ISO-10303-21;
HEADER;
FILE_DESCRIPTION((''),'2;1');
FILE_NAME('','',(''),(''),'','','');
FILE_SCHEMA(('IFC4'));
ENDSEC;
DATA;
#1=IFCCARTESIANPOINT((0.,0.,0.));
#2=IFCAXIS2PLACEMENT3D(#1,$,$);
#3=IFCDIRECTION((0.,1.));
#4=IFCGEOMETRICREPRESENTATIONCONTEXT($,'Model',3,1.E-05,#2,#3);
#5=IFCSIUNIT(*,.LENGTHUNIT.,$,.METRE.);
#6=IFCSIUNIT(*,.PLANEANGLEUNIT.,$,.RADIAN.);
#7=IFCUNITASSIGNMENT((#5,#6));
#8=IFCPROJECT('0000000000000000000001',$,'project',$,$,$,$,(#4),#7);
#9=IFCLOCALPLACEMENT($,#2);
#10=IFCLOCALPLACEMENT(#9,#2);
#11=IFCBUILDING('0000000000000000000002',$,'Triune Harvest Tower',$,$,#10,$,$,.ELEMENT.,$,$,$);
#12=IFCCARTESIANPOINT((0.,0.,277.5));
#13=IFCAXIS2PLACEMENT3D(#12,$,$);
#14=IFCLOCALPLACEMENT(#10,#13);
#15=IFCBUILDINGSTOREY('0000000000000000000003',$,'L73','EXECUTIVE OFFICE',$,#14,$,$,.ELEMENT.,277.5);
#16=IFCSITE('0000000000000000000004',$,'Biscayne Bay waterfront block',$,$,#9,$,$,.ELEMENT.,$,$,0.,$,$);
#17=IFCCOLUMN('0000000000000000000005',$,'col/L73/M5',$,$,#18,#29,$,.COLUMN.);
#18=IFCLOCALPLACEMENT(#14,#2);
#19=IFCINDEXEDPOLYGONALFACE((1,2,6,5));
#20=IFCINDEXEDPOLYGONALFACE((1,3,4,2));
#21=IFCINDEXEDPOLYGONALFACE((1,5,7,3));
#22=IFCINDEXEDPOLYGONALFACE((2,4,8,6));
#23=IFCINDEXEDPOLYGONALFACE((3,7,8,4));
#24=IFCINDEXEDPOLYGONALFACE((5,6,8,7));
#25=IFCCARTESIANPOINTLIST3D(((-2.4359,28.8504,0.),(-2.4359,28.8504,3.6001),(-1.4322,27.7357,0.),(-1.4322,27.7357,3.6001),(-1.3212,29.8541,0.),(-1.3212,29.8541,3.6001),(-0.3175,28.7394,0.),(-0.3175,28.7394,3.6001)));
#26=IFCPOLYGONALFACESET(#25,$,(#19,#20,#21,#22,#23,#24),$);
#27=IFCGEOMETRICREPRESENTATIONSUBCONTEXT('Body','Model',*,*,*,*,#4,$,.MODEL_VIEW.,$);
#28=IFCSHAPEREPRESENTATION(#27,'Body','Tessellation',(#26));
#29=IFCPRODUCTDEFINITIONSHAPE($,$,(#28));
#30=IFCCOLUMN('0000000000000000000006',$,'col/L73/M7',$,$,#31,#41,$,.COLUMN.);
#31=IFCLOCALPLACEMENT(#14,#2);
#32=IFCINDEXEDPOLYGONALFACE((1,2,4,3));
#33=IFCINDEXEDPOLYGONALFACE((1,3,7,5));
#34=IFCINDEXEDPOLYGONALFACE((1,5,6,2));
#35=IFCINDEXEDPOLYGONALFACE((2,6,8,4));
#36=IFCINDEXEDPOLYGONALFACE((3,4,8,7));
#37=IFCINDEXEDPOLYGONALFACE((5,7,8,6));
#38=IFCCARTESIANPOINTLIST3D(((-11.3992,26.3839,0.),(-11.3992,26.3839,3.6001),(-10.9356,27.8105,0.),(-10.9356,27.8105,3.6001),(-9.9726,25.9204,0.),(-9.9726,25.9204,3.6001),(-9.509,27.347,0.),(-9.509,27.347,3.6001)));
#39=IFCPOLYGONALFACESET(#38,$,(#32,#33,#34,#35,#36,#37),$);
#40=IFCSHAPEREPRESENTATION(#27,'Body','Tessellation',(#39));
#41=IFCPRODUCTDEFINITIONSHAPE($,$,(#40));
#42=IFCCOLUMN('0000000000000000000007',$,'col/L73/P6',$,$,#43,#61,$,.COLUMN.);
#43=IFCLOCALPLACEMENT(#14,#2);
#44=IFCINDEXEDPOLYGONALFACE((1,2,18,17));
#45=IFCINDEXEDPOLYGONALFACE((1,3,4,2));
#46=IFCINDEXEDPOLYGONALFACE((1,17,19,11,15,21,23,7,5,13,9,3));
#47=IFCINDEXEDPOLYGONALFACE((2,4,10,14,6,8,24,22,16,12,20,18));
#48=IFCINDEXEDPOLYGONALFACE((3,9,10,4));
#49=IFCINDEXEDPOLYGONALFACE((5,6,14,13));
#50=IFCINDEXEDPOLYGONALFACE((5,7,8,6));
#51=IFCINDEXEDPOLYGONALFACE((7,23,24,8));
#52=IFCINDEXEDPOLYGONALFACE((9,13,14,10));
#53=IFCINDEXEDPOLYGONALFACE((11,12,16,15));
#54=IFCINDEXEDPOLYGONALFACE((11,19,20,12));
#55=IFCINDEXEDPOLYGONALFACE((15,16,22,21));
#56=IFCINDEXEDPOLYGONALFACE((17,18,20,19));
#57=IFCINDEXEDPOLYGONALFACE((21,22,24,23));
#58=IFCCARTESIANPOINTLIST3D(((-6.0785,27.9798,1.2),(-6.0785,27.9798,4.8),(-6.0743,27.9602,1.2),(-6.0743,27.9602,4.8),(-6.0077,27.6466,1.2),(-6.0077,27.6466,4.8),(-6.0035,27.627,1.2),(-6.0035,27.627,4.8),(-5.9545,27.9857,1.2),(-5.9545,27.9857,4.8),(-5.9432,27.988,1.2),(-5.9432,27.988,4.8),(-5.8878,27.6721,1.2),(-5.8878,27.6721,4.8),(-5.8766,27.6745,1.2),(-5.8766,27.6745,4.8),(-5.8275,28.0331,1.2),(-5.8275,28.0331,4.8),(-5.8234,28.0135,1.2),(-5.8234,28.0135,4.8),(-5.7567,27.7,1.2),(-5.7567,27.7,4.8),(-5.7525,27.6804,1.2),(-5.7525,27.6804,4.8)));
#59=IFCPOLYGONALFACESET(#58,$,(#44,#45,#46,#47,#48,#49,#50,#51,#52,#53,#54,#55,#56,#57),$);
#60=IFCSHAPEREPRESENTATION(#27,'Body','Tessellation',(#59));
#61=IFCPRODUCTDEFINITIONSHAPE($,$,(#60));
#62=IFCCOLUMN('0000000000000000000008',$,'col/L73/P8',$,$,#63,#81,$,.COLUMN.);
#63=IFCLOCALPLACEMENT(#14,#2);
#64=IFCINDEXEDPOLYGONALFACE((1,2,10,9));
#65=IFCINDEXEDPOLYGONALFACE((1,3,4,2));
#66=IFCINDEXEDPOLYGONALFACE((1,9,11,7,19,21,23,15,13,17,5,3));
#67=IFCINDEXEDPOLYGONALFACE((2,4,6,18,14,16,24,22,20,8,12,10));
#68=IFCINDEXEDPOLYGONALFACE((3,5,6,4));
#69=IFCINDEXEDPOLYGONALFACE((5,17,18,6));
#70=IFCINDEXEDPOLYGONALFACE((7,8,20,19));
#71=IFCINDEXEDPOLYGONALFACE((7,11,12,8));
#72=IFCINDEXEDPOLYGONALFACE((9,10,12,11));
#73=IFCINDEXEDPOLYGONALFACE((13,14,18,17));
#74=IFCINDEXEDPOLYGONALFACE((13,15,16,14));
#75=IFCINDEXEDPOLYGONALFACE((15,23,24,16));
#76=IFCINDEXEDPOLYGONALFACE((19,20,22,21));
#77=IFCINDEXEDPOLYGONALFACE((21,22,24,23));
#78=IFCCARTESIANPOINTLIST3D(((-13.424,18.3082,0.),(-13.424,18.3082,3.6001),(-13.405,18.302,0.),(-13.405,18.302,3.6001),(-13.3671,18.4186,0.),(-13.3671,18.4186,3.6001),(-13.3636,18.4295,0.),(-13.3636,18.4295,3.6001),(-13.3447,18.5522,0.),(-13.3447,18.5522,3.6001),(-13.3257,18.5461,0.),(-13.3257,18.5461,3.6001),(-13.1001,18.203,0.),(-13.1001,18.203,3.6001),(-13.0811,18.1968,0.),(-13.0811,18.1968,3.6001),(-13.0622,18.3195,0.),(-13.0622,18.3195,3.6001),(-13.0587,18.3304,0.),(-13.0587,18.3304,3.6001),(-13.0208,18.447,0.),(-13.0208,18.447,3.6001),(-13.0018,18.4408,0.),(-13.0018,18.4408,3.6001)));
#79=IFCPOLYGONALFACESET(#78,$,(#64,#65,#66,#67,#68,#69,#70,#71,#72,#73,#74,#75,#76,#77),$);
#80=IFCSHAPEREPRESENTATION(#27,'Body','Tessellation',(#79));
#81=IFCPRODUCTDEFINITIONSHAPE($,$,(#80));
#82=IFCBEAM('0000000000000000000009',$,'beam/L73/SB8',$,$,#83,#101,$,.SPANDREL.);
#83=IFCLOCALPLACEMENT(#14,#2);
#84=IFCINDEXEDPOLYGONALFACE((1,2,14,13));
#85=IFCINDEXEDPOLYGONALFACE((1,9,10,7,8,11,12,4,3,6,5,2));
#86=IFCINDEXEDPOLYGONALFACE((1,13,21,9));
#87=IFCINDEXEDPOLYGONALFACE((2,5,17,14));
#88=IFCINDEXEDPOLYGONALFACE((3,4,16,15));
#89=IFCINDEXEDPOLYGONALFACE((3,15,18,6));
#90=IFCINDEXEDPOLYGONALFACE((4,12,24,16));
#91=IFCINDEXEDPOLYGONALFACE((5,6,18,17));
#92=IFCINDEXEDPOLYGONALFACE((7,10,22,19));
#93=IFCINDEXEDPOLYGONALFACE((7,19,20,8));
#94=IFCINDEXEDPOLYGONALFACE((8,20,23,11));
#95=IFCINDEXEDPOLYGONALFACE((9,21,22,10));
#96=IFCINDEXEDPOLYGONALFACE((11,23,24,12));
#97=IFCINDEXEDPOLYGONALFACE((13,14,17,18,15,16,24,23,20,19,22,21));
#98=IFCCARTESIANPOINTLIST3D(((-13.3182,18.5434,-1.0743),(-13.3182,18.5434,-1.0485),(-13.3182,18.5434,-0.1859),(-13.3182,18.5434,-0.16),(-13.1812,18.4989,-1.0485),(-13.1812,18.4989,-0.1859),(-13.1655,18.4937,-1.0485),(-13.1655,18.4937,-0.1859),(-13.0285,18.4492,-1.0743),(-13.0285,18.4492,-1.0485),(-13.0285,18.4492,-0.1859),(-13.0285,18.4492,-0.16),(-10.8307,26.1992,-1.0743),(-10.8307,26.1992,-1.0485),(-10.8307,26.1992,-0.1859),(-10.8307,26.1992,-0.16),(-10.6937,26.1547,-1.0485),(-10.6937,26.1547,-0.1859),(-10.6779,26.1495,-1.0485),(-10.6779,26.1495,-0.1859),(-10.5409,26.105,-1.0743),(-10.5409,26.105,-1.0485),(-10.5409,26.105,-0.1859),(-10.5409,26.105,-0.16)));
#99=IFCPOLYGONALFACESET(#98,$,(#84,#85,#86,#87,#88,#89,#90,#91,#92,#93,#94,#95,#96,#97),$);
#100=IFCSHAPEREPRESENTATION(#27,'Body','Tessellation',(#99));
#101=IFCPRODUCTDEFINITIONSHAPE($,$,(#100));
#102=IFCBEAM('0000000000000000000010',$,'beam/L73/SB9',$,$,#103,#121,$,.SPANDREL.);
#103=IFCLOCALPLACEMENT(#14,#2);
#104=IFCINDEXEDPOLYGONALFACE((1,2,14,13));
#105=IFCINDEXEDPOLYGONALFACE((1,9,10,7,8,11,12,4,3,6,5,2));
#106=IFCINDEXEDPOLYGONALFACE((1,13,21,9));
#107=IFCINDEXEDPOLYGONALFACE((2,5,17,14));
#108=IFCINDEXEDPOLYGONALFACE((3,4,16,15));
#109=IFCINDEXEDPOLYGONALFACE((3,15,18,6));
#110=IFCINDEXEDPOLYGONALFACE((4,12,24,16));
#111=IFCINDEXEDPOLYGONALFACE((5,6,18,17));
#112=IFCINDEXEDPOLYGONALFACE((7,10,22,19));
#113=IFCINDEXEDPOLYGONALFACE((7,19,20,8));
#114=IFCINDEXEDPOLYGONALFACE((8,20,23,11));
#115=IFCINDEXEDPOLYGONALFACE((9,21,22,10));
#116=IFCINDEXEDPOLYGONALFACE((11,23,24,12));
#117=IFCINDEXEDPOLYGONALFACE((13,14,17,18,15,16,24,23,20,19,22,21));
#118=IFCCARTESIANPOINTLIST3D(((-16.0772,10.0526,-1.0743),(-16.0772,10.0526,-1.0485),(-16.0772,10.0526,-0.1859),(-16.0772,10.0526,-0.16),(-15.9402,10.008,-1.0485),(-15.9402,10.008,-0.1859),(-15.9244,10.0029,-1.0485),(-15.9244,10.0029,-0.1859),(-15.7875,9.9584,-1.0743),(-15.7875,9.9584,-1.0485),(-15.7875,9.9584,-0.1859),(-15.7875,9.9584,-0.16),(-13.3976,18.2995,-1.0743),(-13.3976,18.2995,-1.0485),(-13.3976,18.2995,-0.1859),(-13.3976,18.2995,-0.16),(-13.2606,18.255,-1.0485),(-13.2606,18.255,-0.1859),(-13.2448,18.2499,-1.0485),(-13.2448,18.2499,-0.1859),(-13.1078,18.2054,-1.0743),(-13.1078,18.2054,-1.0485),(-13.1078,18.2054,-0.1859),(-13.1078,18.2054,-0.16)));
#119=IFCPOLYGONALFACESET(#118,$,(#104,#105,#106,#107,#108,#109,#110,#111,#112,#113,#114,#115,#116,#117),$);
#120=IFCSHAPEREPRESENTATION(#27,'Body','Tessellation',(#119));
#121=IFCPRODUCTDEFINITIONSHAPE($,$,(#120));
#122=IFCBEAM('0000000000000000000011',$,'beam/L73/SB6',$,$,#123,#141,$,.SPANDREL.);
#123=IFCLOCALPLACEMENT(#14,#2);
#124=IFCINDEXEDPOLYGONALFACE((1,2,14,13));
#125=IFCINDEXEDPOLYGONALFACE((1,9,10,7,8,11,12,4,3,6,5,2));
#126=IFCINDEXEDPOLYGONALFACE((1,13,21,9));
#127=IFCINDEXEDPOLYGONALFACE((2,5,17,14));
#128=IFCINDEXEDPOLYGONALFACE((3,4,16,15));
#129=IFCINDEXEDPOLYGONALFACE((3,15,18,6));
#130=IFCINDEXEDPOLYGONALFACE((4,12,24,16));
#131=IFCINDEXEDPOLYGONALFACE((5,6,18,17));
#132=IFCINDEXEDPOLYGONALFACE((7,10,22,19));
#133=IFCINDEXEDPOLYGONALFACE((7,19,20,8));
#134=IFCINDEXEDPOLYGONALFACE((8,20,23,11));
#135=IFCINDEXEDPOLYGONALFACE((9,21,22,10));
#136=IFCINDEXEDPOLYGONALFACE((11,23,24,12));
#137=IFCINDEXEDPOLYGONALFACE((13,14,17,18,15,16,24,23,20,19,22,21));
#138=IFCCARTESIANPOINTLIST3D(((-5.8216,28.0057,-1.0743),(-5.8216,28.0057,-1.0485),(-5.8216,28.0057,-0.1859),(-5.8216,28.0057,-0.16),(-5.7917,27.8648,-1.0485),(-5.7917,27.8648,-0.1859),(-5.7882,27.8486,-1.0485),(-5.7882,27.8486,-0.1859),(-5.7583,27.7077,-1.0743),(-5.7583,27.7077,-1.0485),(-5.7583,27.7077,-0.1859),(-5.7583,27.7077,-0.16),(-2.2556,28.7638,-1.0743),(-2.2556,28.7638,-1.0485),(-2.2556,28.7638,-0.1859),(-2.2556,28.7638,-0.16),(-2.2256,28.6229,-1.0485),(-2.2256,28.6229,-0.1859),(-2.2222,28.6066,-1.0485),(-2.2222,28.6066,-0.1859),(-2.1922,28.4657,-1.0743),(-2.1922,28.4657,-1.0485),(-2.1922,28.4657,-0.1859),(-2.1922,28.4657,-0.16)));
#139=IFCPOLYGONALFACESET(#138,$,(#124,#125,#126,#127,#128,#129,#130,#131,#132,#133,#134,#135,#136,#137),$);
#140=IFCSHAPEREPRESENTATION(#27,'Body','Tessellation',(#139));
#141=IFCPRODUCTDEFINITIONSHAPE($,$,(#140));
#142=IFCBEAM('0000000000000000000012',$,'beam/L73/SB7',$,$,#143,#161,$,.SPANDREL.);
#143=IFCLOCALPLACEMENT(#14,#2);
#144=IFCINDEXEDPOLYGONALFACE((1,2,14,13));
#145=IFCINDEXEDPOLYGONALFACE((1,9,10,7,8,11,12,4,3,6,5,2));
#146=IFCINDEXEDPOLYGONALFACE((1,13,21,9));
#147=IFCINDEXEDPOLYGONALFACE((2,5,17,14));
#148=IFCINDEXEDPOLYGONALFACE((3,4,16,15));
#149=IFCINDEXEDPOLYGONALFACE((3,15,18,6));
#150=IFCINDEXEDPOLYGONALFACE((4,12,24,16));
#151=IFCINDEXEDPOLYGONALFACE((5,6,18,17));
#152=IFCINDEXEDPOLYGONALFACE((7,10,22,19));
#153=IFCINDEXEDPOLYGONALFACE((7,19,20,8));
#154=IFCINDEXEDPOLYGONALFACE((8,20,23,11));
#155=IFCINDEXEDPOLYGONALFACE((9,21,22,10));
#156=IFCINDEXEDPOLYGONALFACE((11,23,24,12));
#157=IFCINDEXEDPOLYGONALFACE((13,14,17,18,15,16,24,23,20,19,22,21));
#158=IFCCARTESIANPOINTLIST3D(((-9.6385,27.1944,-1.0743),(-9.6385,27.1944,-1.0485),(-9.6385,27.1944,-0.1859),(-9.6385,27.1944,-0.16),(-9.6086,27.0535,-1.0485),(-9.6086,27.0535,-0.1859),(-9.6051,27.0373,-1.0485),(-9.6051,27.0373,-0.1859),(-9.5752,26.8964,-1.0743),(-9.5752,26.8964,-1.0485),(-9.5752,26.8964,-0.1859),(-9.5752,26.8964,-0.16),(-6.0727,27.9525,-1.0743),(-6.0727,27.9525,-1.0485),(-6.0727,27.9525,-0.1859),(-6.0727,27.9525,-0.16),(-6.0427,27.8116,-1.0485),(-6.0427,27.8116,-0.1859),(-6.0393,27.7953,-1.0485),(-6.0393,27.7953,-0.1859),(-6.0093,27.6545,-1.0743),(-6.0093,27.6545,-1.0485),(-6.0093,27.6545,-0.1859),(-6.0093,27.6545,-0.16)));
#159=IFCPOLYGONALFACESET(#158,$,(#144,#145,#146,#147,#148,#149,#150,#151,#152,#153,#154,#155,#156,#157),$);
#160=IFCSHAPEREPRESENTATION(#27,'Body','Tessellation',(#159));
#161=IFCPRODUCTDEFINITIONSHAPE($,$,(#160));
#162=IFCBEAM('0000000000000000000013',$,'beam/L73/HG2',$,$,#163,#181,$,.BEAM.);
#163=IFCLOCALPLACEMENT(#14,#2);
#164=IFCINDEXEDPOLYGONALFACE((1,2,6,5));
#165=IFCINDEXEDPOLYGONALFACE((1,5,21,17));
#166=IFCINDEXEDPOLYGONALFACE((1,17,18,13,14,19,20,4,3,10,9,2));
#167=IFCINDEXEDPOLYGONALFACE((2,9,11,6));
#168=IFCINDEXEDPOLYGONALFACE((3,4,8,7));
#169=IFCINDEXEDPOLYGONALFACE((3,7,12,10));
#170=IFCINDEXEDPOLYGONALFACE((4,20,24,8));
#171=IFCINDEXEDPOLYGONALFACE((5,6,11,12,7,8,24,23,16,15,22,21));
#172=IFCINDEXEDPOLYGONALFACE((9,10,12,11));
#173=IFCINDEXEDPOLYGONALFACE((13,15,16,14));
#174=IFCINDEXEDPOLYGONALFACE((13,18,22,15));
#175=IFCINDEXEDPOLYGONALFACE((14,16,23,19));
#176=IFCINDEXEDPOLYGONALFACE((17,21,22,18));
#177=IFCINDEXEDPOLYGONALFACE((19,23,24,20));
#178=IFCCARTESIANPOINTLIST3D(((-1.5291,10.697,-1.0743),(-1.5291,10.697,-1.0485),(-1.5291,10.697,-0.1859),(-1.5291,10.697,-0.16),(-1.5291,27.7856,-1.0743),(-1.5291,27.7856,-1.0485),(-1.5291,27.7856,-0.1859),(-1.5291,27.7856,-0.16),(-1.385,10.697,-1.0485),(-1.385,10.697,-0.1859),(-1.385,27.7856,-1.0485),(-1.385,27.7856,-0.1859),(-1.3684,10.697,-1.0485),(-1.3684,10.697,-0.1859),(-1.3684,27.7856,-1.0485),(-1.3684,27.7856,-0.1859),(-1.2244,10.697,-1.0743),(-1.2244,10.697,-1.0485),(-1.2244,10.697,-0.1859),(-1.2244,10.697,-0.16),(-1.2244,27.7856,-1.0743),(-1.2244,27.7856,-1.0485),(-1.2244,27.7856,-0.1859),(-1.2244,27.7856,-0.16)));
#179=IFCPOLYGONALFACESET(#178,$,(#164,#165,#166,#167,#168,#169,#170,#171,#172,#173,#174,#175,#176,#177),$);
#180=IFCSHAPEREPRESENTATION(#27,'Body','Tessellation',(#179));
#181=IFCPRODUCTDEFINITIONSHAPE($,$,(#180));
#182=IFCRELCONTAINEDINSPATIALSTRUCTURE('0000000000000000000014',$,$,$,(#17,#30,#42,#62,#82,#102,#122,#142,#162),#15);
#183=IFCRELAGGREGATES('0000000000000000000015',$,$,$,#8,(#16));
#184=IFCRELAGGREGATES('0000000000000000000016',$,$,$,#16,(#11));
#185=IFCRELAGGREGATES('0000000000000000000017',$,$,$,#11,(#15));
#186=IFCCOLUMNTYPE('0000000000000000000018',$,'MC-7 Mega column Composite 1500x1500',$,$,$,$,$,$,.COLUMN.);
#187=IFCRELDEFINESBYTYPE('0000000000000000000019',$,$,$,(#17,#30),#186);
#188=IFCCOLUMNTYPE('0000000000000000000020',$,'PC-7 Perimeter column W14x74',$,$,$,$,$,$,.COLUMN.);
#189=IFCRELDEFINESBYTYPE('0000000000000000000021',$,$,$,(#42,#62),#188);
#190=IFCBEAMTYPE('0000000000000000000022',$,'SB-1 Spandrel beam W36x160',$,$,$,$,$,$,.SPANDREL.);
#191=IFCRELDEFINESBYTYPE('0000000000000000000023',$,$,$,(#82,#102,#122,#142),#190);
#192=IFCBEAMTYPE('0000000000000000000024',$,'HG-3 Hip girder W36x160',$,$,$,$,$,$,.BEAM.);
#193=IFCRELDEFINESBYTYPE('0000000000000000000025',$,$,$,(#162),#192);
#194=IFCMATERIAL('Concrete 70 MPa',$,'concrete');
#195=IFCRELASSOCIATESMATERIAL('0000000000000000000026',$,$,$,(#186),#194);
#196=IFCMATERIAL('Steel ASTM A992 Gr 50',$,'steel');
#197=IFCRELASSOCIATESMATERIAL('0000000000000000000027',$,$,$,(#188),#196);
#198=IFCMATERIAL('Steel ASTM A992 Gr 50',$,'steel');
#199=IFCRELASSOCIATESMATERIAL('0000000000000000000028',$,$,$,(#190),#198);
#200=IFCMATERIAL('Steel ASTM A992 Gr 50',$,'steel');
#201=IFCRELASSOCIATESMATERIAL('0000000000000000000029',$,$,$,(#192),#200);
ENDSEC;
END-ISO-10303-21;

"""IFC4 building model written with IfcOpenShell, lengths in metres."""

from ifc_helpers import new_model, si_unit, direction, frame, origin, origin_2d, place, context, subcontext, project, spatial, rectangle, i_section, extrude, source, transform, mapped, material, material_profile, profile_set, type_object, element, save


model = new_model("IFC4")

# Units and contexts
model_context = context("Model", 3, precision=1e-05, world=origin(), true_north=direction((0.0, 1.0)))
body_context = subcontext(model_context, "Body", "Model", "MODEL_VIEW")
ifc_project = project(units=[si_unit("LENGTHUNIT", "METRE"), si_unit("PLANEANGLEUNIT", "RADIAN")], contexts=[model_context])

# Site, building, storey
site_placement = place(None, origin())
site = spatial("IfcSite", under=ifc_project, at=site_placement, Name="Biscayne Bay waterfront block", CompositionType="ELEMENT", RefElevation=0.0)
building_placement = place(site_placement, origin())
building = spatial("IfcBuilding", under=site, at=building_placement, Name="Triune Harvest Tower", CompositionType="ELEMENT")
storey_placement = place(building_placement, frame((0.0, 0.0, 277.5)))
storey = spatial("IfcBuildingStorey", under=building, at=storey_placement, Name="L73", Description="EXECUTIVE OFFICE", CompositionType="ELEMENT", Elevation=277.5)

# Columns
ifc_material_1 = material(Name="Concrete 70 MPa", Category="concrete")
ifc_material_profile_1 = material_profile(ifc_material_1, rectangle(XDim=1.5, YDim=1.5, at=origin_2d()), Name="Composite 1500x1500")
ifc_profile_set_1 = profile_set([ifc_material_profile_1], Name="Concrete 70 MPa")
column_type_1 = type_object("IfcColumnType", Name="MC-7 Mega column Composite 1500x1500", PredefinedType="COLUMN", material=ifc_profile_set_1)
shared_shape_1 = source(origin(), body_context, "Body", "SweptSolid", [
    extrude(rectangle(XDim=1.5, YDim=1.5, at=origin_2d()), origin(), (0.0, 0.0, 1.0), 3.6001),
])
for number, where, z_axis, x_axis, name in (
    (1, (-1.3767, 28.7949, 0.0), (0.0, 0.0, 1.0), (-0.669131, 0.743145, 0.0), "col/L73/M5"),
    (2, (-10.4541, 26.8655, 0.0), (0.0, 0.0, 1.0), (-0.309015, -0.951057, 0.0), "col/L73/M7"),
):
    element("IfcColumn", number, at=place(storey_placement, frame(where, z_axis=z_axis, x_axis=x_axis)), inside=storey, type_object=column_type_1, Name=name, PredefinedType="COLUMN", context=body_context, shape_type="MappedRepresentation", body=[
        mapped(shared_shape_1, transform((0.0, 0.0, 0.0), scale=1.0)),
    ])
ifc_material_2 = material(Name="Steel ASTM A992 Gr 50", Category="steel")
ifc_material_profile_2 = material_profile(ifc_material_2, i_section(OverallWidth=0.2566, OverallDepth=0.3606, WebThickness=0.0115, FlangeThickness=0.02, at=origin_2d()), Name="W14x74")
ifc_profile_set_2 = profile_set([ifc_material_profile_2], Name="Steel ASTM A992 Gr 50")
column_type_2 = type_object("IfcColumnType", Name="PC-7 Perimeter column W14x74", PredefinedType="COLUMN", material=ifc_profile_set_2)
shared_shape_2 = source(origin(), body_context, "Body", "SweptSolid", [
    extrude(i_section(OverallWidth=0.2566, OverallDepth=0.3606, WebThickness=0.0115, FlangeThickness=0.02, at=origin_2d()), origin(), (0.0, 0.0, 1.0), 3.6001),
])
for number, where, z_axis, x_axis, name in (
    (3, (-5.9155, 27.8301, 1.2), (0.0, 0.0, 1.0), (-0.978148, -0.207912, 0.0), "col/L73/P6"),
    (4, (-13.2129, 18.3745, 0.0), (0.0, 0.0, 1.0), (-0.309015, -0.951057, 0.0), "col/L73/P8"),
):
    element("IfcColumn", number, at=place(storey_placement, frame(where, z_axis=z_axis, x_axis=x_axis)), inside=storey, type_object=column_type_2, Name=name, PredefinedType="COLUMN", context=body_context, shape_type="MappedRepresentation", body=[
        mapped(shared_shape_2, transform((0.0, 0.0, 0.0), scale=1.0)),
    ])

# Beams
ifc_material_3 = material(Name="Steel ASTM A992 Gr 50", Category="steel")
ifc_material_profile_3 = material_profile(ifc_material_3, i_section(OverallWidth=0.3047, OverallDepth=0.9143, WebThickness=0.0166, FlangeThickness=0.0259, at=origin_2d()), Name="W36x160")
ifc_profile_set_3 = profile_set([ifc_material_profile_3], Name="Steel ASTM A992 Gr 50")
beam_type_1 = type_object("IfcBeamType", Name="SB-1 Spandrel beam W36x160", PredefinedType="SPANDREL", material=ifc_profile_set_3)
shared_shape_3 = source(origin(), body_context, "Body", "SweptSolid", [
    extrude(i_section(OverallWidth=0.3047, OverallDepth=0.9143, WebThickness=0.0166, FlangeThickness=0.0259, at=origin_2d()), origin(), (0.0, 0.0, 1.0), 8.0498),
])
beam_1_placement = place(storey_placement, frame((-10.6858, 26.1521, -0.6172), z_axis=(-0.309022, -0.951055, 0.0), x_axis=(0.951055, -0.309022, 0.0)))
element("IfcBeam", 5, at=beam_1_placement, inside=storey, type_object=beam_type_1, Name="beam/L73/SB8", PredefinedType="SPANDREL", context=body_context, shape_type="MappedRepresentation", body=[
    mapped(shared_shape_3, transform((0.0, 0.0, 0.0), scale=1.0)),
])
shared_shape_4 = source(origin(), body_context, "Body", "SweptSolid", [
    extrude(i_section(OverallWidth=0.3047, OverallDepth=0.9143, WebThickness=0.0166, FlangeThickness=0.0259, at=origin_2d()), origin(), (0.0, 0.0, 1.0), 8.6714),
])
beam_2_placement = place(storey_placement, frame((-13.2527, 18.2524, -0.6172), z_axis=(-0.309022, -0.951055, 0.0), x_axis=(0.951055, -0.309022, 0.0)))
element("IfcBeam", 6, at=beam_2_placement, inside=storey, type_object=beam_type_1, Name="beam/L73/SB9", PredefinedType="SPANDREL", context=body_context, shape_type="MappedRepresentation", body=[
    mapped(shared_shape_4, transform((0.0, 0.0, 0.0), scale=1.0)),
])
shared_shape_5 = source(origin(), body_context, "Body", "SweptSolid", [
    extrude(i_section(OverallWidth=0.3047, OverallDepth=0.9143, WebThickness=0.0166, FlangeThickness=0.0259, at=origin_2d()), origin(), (0.0, 0.0, 1.0), 3.6458),
])
beam_3_placement = place(storey_placement, frame((-2.2239, 28.6147, -0.6172), z_axis=(-0.978145, -0.207924, 0.0), x_axis=(0.207924, -0.978145, 0.0)))
element("IfcBeam", 7, at=beam_3_placement, inside=storey, type_object=beam_type_1, Name="beam/L73/SB6", PredefinedType="SPANDREL", context=body_context, shape_type="MappedRepresentation", body=[
    mapped(shared_shape_5, transform((0.0, 0.0, 0.0), scale=1.0)),
])
shared_shape_6 = source(origin(), body_context, "Body", "SweptSolid", [
    extrude(i_section(OverallWidth=0.3047, OverallDepth=0.9143, WebThickness=0.0166, FlangeThickness=0.0259, at=origin_2d()), origin(), (0.0, 0.0, 1.0), 3.6455),
])
beam_4_placement = place(storey_placement, frame((-6.041, 27.8035, -0.6172), z_axis=(-0.978142, -0.207937, 0.0), x_axis=(0.207937, -0.978142, 0.0)))
element("IfcBeam", 8, at=beam_4_placement, inside=storey, type_object=beam_type_1, Name="beam/L73/SB7", PredefinedType="SPANDREL", context=body_context, shape_type="MappedRepresentation", body=[
    mapped(shared_shape_6, transform((0.0, 0.0, 0.0), scale=1.0)),
])
ifc_material_4 = material(Name="Steel ASTM A992 Gr 50", Category="steel")
ifc_material_profile_4 = material_profile(ifc_material_4, i_section(OverallWidth=0.3047, OverallDepth=0.9143, WebThickness=0.0166, FlangeThickness=0.0259, at=origin_2d()), Name="W36x160")
ifc_profile_set_4 = profile_set([ifc_material_profile_4], Name="Steel ASTM A992 Gr 50")
beam_type_2 = type_object("IfcBeamType", Name="HG-3 Hip girder W36x160", PredefinedType="BEAM", material=ifc_profile_set_4)
shared_shape_7 = source(origin(), body_context, "Body", "SweptSolid", [
    extrude(i_section(OverallWidth=0.3047, OverallDepth=0.9143, WebThickness=0.0166, FlangeThickness=0.0259, at=origin_2d()), origin(), (0.0, 0.0, 1.0), 17.0886),
])
beam_5_placement = place(storey_placement, frame((-1.3767, 27.7856, -0.6172), z_axis=(0.0, -1.0, 0.0), x_axis=(1.0, 0.0, 0.0)))
element("IfcBeam", 9, at=beam_5_placement, inside=storey, type_object=beam_type_2, Name="beam/L73/HG2", PredefinedType="BEAM", context=body_context, shape_type="MappedRepresentation", body=[
    mapped(shared_shape_7, transform((0.0, 0.0, 0.0), scale=1.0)),
])

save(model, "model.ifc")
